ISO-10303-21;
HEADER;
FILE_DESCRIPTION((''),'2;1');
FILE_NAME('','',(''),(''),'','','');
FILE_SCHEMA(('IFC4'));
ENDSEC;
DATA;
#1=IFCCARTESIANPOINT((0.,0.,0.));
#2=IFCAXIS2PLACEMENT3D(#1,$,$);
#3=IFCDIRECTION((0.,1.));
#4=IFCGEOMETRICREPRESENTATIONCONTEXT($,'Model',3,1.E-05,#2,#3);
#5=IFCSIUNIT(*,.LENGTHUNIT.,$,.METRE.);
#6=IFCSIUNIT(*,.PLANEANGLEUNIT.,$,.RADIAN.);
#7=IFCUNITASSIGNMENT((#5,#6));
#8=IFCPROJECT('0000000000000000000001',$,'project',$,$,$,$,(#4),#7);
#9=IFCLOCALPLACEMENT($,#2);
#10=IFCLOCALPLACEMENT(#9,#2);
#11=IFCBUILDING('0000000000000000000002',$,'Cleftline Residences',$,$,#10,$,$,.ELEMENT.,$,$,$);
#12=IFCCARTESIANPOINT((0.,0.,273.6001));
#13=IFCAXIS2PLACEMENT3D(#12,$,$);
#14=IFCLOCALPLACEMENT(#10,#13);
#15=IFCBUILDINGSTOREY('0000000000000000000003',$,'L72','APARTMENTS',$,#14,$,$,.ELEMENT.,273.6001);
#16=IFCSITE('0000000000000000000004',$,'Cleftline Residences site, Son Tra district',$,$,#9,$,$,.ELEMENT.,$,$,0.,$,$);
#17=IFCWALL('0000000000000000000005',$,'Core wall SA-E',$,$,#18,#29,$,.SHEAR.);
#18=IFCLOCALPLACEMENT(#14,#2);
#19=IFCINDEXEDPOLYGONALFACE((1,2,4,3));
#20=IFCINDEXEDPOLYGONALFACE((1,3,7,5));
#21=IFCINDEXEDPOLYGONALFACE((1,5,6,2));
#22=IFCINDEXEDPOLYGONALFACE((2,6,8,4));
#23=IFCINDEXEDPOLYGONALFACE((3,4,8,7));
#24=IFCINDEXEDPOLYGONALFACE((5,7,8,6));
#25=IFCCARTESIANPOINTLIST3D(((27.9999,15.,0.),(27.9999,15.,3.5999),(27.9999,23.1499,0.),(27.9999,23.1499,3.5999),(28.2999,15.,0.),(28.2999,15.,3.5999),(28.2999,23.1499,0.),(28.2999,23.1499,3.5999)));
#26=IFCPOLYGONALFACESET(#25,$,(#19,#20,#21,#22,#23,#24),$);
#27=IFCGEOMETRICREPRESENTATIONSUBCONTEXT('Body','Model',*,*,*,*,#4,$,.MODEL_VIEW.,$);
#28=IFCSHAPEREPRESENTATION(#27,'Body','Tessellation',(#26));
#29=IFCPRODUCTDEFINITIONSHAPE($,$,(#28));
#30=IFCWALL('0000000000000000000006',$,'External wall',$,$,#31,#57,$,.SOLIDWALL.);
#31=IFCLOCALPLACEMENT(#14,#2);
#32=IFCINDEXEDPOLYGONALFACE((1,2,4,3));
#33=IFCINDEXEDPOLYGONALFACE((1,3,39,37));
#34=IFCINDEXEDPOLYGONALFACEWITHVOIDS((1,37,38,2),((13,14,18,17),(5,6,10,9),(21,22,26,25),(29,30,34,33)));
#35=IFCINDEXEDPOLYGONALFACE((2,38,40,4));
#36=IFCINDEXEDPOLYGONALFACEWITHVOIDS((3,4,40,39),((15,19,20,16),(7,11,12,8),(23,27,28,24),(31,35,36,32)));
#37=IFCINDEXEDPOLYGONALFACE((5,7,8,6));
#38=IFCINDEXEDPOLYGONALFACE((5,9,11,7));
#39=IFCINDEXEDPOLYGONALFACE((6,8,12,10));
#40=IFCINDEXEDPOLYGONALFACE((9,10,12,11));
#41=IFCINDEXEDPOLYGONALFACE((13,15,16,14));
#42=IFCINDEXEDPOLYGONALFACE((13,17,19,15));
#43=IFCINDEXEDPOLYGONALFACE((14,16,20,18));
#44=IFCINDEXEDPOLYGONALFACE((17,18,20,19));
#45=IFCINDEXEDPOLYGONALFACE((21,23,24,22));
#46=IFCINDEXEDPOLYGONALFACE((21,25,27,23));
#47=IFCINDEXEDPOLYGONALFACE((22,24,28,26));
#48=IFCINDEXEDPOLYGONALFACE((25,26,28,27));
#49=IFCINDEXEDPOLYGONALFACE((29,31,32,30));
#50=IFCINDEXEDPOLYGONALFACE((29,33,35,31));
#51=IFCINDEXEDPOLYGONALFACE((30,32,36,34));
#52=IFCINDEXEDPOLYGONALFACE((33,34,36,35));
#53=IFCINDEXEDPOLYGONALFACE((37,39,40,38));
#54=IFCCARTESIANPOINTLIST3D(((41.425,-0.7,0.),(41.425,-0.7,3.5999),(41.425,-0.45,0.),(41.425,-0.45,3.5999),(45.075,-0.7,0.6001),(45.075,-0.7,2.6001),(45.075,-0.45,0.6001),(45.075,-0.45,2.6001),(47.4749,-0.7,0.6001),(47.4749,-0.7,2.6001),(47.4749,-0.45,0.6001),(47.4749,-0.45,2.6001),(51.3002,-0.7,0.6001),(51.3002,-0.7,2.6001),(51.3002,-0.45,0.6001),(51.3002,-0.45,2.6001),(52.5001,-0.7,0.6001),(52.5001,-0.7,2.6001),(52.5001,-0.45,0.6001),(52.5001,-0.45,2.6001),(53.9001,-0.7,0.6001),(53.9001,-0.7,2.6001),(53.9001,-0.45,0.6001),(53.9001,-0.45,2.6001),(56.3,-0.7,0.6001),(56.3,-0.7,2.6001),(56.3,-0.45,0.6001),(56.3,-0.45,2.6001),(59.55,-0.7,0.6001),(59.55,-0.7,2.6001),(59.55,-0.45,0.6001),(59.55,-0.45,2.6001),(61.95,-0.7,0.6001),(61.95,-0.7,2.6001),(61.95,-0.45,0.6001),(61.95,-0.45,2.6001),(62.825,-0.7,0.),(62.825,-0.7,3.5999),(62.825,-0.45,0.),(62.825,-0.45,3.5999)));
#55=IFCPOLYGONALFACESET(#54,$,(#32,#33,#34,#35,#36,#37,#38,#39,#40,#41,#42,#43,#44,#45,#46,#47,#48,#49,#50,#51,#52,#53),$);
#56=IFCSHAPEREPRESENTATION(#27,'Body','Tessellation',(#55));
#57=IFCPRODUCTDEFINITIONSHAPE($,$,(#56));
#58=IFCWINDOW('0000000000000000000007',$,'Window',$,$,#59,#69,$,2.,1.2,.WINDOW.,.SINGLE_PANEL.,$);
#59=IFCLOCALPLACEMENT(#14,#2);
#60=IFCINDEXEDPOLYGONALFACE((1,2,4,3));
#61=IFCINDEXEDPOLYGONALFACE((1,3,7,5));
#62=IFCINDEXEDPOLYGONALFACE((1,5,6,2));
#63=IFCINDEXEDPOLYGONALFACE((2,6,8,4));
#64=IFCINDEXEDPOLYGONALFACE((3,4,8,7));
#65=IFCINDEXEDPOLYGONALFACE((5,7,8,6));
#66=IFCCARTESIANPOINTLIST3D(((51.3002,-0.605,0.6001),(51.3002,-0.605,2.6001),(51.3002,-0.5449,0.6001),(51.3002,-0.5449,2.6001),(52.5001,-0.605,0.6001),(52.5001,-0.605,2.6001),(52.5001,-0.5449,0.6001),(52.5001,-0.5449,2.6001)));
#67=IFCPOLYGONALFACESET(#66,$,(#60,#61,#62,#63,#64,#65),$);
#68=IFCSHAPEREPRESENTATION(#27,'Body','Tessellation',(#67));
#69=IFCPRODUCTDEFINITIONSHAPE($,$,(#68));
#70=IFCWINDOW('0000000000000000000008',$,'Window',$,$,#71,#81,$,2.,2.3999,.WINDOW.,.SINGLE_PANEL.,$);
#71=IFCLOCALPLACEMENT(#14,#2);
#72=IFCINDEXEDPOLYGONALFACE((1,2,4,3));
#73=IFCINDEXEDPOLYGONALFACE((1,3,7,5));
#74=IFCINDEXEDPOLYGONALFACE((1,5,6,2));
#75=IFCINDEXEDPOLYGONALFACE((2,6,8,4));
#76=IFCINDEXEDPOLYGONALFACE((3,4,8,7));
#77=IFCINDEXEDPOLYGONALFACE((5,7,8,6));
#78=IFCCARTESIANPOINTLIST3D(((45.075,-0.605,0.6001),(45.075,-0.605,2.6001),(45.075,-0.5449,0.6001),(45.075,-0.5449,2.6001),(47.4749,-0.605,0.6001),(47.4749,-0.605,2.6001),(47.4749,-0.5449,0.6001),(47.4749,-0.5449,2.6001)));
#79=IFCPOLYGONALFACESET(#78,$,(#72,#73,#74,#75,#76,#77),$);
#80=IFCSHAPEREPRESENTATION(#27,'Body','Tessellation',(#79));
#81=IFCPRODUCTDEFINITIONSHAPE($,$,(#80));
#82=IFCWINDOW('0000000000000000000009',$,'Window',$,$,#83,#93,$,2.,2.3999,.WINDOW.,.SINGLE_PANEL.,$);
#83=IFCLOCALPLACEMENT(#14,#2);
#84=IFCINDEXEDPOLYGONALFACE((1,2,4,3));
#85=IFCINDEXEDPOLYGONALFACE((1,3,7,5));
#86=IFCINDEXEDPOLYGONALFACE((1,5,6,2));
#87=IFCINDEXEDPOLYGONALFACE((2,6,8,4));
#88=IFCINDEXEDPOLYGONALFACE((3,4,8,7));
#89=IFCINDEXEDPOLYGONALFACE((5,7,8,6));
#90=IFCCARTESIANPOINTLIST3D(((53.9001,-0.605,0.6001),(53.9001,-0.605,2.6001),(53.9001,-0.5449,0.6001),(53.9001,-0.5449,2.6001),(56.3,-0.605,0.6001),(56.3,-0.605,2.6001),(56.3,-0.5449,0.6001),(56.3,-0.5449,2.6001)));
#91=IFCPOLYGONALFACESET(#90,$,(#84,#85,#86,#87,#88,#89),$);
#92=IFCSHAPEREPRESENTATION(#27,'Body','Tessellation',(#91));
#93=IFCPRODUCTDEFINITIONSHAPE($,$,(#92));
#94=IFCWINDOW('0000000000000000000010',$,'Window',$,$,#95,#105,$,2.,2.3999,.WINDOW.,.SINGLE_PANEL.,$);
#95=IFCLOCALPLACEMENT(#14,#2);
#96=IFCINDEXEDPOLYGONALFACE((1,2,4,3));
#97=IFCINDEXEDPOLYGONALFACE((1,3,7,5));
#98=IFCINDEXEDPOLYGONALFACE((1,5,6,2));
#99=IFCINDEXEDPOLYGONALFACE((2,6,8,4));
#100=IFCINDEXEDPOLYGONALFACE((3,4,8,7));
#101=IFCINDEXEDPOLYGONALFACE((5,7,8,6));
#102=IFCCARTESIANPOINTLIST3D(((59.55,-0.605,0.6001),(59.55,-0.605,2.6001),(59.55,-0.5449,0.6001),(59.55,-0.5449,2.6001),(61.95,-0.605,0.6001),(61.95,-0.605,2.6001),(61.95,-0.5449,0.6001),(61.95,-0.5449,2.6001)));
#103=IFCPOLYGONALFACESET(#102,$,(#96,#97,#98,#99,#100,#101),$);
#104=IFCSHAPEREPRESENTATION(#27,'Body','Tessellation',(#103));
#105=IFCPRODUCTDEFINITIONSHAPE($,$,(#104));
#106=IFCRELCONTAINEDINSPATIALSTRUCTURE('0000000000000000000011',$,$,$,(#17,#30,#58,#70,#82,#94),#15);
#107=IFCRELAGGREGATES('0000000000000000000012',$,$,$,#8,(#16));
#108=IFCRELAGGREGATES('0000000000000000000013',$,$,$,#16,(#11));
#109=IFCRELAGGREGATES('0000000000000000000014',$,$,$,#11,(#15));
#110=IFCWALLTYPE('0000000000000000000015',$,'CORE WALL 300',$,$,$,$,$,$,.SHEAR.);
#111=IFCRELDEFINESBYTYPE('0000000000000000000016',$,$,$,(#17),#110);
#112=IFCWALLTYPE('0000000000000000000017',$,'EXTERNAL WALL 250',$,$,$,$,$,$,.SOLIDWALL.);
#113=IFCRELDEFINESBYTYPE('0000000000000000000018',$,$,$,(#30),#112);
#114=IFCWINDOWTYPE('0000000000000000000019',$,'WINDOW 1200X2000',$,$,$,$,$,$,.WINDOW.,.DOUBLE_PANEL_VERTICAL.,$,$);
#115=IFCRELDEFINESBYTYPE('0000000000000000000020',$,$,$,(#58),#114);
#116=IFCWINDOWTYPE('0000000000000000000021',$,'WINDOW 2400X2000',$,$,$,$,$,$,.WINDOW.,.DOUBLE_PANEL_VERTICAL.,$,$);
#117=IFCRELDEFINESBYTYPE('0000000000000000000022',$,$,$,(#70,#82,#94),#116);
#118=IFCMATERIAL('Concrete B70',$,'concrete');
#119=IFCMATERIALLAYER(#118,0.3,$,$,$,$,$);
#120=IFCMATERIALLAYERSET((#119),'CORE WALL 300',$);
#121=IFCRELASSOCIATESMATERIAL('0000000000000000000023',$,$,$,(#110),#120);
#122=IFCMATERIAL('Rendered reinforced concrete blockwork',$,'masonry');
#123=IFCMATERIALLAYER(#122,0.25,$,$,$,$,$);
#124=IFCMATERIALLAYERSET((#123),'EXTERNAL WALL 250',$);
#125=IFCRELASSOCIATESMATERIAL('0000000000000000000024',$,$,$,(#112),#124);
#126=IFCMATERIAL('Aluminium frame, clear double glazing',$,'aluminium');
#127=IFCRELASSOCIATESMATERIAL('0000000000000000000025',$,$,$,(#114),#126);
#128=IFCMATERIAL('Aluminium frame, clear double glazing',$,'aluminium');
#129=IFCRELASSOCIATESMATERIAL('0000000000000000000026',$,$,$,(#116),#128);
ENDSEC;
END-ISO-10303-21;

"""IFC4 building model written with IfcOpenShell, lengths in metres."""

from ifc_helpers import new_model, si_unit, direction, frame, frame_2d, origin, place, context, subcontext, project, spatial, rectangle, extrude, material, layer, layer_set, type_object, element, fill, save


model = new_model("IFC4")

# Units and contexts
model_context = context("Model", 3, precision=1e-05, world=origin(), true_north=direction((0.0, 1.0)))
body_context = subcontext(model_context, "Body", "Model", "MODEL_VIEW")
ifc_project = project(units=[si_unit("LENGTHUNIT", "METRE"), si_unit("PLANEANGLEUNIT", "RADIAN")], contexts=[model_context])

# Site, building, storey
site_placement = place(None, origin())
site = spatial("IfcSite", under=ifc_project, at=site_placement, Name="Cleftline Residences site, Son Tra district", CompositionType="ELEMENT", RefElevation=0.0)
building_placement = place(site_placement, origin())
building = spatial("IfcBuilding", under=site, at=building_placement, Name="Cleftline Residences", CompositionType="ELEMENT")
storey_placement = place(building_placement, frame((0.0, 0.0, 273.6001)))
storey = spatial("IfcBuildingStorey", under=building, at=storey_placement, Name="L72", Description="APARTMENTS", CompositionType="ELEMENT", Elevation=273.6001)

# Wall
ifc_material_1 = material(Name="Concrete B70", Category="concrete")
ifc_layer_1 = layer(ifc_material_1, 0.3)
ifc_layer_set_1 = layer_set([ifc_layer_1], Name="CORE WALL 300")
wall_type_1 = type_object("IfcWallType", Name="CORE WALL 300", PredefinedType="SHEAR", material=ifc_layer_set_1)
wall_1_placement = place(storey_placement, frame((28.1499, 15.0, 0.0), z_axis=(0.0, 0.0, 1.0), x_axis=(0.0, 1.0, 0.0)))
element("IfcWall", 1, at=wall_1_placement, inside=storey, type_object=wall_type_1, Name="Core wall SA-E", PredefinedType="SHEAR", context=body_context, shape_type="SweptSolid", body=[
    extrude(rectangle(XDim=8.1499, YDim=0.3, at=frame_2d((4.075, 0.0))), origin(), (0.0, 0.0, 1.0), 3.5999),
])

# Wall, openings, windows
ifc_material_2 = material(Name="Rendered reinforced concrete blockwork", Category="masonry")
ifc_layer_2 = layer(ifc_material_2, 0.25)
ifc_layer_set_2 = layer_set([ifc_layer_2], Name="EXTERNAL WALL 250")
wall_type_2 = type_object("IfcWallType", Name="EXTERNAL WALL 250", PredefinedType="SOLIDWALL", material=ifc_layer_set_2)
wall_2_placement = place(storey_placement, frame((41.425, -0.575, 0.0), z_axis=(0.0, 0.0, 1.0), x_axis=(1.0, 0.0, 0.0)))
wall_2 = element("IfcWall", 2, at=wall_2_placement, inside=storey, type_object=wall_type_2, Name="External wall", PredefinedType="SOLIDWALL", context=body_context, shape_type="SweptSolid", body=[
    extrude(rectangle(XDim=21.3999, YDim=0.25, at=frame_2d((10.7, 0.0))), origin(), (0.0, 0.0, 1.0), 3.5999),
])
opening_1_placement = place(wall_2_placement, frame((3.6499, 0.0, 0.6001)))
opening_1 = element("IfcOpeningElement", 3, at=opening_1_placement, cuts=wall_2, PredefinedType="OPENING", context=body_context, shape_type="SweptSolid", body=[
    extrude(rectangle(XDim=2.3999, YDim=2.0, at=frame_2d((1.2, 1.0))), frame((0.0, 0.135, 0.0), z_axis=(0.0, -1.0, 0.0), x_axis=(1.0, 0.0, 0.0)), (0.0, 0.0, 1.0), 0.27),
])
opening_2_placement = place(wall_2_placement, frame((9.875, 0.0, 0.6001)))
opening_2 = element("IfcOpeningElement", 4, at=opening_2_placement, cuts=wall_2, PredefinedType="OPENING", context=body_context, shape_type="SweptSolid", body=[
    extrude(rectangle(XDim=1.2, YDim=2.0, at=frame_2d((0.6001, 1.0))), frame((0.0, 0.135, 0.0), z_axis=(0.0, -1.0, 0.0), x_axis=(1.0, 0.0, 0.0)), (0.0, 0.0, 1.0), 0.27),
])
opening_3_placement = place(wall_2_placement, frame((12.4751, 0.0, 0.6001)))
opening_3 = element("IfcOpeningElement", 5, at=opening_3_placement, cuts=wall_2, PredefinedType="OPENING", context=body_context, shape_type="SweptSolid", body=[
    extrude(rectangle(XDim=2.3999, YDim=2.0, at=frame_2d((1.2, 1.0))), frame((0.0, 0.135, 0.0), z_axis=(0.0, -1.0, 0.0), x_axis=(1.0, 0.0, 0.0)), (0.0, 0.0, 1.0), 0.27),
])
opening_4_placement = place(wall_2_placement, frame((18.125, 0.0, 0.6001)))
opening_4 = element("IfcOpeningElement", 6, at=opening_4_placement, cuts=wall_2, PredefinedType="OPENING", context=body_context, shape_type="SweptSolid", body=[
    extrude(rectangle(XDim=2.3999, YDim=2.0, at=frame_2d((1.2, 1.0))), frame((0.0, 0.135, 0.0), z_axis=(0.0, -1.0, 0.0), x_axis=(1.0, 0.0, 0.0)), (0.0, 0.0, 1.0), 0.27),
])
ifc_material_3 = material(Name="Aluminium frame, clear double glazing", Category="aluminium")
window_type_1 = type_object("IfcWindowType", Name="WINDOW 1200X2000", PartitioningType="DOUBLE_PANEL_VERTICAL", PredefinedType="WINDOW", material=ifc_material_3)
window_1_placement = place(opening_2_placement, origin())
window_1 = element("IfcWindow", 7, at=window_1_placement, inside=storey, type_object=window_type_1, Name="Window", OverallHeight=2.0, OverallWidth=1.2, PartitioningType="SINGLE_PANEL", PredefinedType="WINDOW", context=body_context, shape_type="SweptSolid", body=[
    extrude(rectangle(XDim=1.2, YDim=2.0, at=frame_2d((0.6001, 1.0))), frame((0.0, 0.03, 0.0), z_axis=(0.0, -1.0, 0.0), x_axis=(1.0, 0.0, 0.0)), (0.0, 0.0, 1.0), 0.0601),
])
fill(opening_2, window_1)
ifc_material_4 = material(Name="Aluminium frame, clear double glazing", Category="aluminium")
window_type_2 = type_object("IfcWindowType", Name="WINDOW 2400X2000", PartitioningType="DOUBLE_PANEL_VERTICAL", PredefinedType="WINDOW", material=ifc_material_4)
window_2_placement = place(opening_1_placement, origin())
window_2 = element("IfcWindow", 8, at=window_2_placement, inside=storey, type_object=window_type_2, Name="Window", OverallHeight=2.0, OverallWidth=2.3999, PartitioningType="SINGLE_PANEL", PredefinedType="WINDOW", context=body_context, shape_type="SweptSolid", body=[
    extrude(rectangle(XDim=2.3999, YDim=2.0, at=frame_2d((1.2, 1.0))), frame((0.0, 0.03, 0.0), z_axis=(0.0, -1.0, 0.0), x_axis=(1.0, 0.0, 0.0)), (0.0, 0.0, 1.0), 0.0601),
])
fill(opening_1, window_2)
window_3_placement = place(opening_3_placement, origin())
window_3 = element("IfcWindow", 9, at=window_3_placement, inside=storey, type_object=window_type_2, Name="Window", OverallHeight=2.0, OverallWidth=2.3999, PartitioningType="SINGLE_PANEL", PredefinedType="WINDOW", context=body_context, shape_type="SweptSolid", body=[
    extrude(rectangle(XDim=2.3999, YDim=2.0, at=frame_2d((1.2, 1.0))), frame((0.0, 0.03, 0.0), z_axis=(0.0, -1.0, 0.0), x_axis=(1.0, 0.0, 0.0)), (0.0, 0.0, 1.0), 0.0601),
])
fill(opening_3, window_3)
window_4_placement = place(opening_4_placement, origin())
window_4 = element("IfcWindow", 10, at=window_4_placement, inside=storey, type_object=window_type_2, Name="Window", OverallHeight=2.0, OverallWidth=2.3999, PartitioningType="SINGLE_PANEL", PredefinedType="WINDOW", context=body_context, shape_type="SweptSolid", body=[
    extrude(rectangle(XDim=2.3999, YDim=2.0, at=frame_2d((1.2, 1.0))), frame((0.0, 0.03, 0.0), z_axis=(0.0, -1.0, 0.0), x_axis=(1.0, 0.0, 0.0)), (0.0, 0.0, 1.0), 0.0601),
])
fill(opening_4, window_4)

save(model, "model.ifc")
